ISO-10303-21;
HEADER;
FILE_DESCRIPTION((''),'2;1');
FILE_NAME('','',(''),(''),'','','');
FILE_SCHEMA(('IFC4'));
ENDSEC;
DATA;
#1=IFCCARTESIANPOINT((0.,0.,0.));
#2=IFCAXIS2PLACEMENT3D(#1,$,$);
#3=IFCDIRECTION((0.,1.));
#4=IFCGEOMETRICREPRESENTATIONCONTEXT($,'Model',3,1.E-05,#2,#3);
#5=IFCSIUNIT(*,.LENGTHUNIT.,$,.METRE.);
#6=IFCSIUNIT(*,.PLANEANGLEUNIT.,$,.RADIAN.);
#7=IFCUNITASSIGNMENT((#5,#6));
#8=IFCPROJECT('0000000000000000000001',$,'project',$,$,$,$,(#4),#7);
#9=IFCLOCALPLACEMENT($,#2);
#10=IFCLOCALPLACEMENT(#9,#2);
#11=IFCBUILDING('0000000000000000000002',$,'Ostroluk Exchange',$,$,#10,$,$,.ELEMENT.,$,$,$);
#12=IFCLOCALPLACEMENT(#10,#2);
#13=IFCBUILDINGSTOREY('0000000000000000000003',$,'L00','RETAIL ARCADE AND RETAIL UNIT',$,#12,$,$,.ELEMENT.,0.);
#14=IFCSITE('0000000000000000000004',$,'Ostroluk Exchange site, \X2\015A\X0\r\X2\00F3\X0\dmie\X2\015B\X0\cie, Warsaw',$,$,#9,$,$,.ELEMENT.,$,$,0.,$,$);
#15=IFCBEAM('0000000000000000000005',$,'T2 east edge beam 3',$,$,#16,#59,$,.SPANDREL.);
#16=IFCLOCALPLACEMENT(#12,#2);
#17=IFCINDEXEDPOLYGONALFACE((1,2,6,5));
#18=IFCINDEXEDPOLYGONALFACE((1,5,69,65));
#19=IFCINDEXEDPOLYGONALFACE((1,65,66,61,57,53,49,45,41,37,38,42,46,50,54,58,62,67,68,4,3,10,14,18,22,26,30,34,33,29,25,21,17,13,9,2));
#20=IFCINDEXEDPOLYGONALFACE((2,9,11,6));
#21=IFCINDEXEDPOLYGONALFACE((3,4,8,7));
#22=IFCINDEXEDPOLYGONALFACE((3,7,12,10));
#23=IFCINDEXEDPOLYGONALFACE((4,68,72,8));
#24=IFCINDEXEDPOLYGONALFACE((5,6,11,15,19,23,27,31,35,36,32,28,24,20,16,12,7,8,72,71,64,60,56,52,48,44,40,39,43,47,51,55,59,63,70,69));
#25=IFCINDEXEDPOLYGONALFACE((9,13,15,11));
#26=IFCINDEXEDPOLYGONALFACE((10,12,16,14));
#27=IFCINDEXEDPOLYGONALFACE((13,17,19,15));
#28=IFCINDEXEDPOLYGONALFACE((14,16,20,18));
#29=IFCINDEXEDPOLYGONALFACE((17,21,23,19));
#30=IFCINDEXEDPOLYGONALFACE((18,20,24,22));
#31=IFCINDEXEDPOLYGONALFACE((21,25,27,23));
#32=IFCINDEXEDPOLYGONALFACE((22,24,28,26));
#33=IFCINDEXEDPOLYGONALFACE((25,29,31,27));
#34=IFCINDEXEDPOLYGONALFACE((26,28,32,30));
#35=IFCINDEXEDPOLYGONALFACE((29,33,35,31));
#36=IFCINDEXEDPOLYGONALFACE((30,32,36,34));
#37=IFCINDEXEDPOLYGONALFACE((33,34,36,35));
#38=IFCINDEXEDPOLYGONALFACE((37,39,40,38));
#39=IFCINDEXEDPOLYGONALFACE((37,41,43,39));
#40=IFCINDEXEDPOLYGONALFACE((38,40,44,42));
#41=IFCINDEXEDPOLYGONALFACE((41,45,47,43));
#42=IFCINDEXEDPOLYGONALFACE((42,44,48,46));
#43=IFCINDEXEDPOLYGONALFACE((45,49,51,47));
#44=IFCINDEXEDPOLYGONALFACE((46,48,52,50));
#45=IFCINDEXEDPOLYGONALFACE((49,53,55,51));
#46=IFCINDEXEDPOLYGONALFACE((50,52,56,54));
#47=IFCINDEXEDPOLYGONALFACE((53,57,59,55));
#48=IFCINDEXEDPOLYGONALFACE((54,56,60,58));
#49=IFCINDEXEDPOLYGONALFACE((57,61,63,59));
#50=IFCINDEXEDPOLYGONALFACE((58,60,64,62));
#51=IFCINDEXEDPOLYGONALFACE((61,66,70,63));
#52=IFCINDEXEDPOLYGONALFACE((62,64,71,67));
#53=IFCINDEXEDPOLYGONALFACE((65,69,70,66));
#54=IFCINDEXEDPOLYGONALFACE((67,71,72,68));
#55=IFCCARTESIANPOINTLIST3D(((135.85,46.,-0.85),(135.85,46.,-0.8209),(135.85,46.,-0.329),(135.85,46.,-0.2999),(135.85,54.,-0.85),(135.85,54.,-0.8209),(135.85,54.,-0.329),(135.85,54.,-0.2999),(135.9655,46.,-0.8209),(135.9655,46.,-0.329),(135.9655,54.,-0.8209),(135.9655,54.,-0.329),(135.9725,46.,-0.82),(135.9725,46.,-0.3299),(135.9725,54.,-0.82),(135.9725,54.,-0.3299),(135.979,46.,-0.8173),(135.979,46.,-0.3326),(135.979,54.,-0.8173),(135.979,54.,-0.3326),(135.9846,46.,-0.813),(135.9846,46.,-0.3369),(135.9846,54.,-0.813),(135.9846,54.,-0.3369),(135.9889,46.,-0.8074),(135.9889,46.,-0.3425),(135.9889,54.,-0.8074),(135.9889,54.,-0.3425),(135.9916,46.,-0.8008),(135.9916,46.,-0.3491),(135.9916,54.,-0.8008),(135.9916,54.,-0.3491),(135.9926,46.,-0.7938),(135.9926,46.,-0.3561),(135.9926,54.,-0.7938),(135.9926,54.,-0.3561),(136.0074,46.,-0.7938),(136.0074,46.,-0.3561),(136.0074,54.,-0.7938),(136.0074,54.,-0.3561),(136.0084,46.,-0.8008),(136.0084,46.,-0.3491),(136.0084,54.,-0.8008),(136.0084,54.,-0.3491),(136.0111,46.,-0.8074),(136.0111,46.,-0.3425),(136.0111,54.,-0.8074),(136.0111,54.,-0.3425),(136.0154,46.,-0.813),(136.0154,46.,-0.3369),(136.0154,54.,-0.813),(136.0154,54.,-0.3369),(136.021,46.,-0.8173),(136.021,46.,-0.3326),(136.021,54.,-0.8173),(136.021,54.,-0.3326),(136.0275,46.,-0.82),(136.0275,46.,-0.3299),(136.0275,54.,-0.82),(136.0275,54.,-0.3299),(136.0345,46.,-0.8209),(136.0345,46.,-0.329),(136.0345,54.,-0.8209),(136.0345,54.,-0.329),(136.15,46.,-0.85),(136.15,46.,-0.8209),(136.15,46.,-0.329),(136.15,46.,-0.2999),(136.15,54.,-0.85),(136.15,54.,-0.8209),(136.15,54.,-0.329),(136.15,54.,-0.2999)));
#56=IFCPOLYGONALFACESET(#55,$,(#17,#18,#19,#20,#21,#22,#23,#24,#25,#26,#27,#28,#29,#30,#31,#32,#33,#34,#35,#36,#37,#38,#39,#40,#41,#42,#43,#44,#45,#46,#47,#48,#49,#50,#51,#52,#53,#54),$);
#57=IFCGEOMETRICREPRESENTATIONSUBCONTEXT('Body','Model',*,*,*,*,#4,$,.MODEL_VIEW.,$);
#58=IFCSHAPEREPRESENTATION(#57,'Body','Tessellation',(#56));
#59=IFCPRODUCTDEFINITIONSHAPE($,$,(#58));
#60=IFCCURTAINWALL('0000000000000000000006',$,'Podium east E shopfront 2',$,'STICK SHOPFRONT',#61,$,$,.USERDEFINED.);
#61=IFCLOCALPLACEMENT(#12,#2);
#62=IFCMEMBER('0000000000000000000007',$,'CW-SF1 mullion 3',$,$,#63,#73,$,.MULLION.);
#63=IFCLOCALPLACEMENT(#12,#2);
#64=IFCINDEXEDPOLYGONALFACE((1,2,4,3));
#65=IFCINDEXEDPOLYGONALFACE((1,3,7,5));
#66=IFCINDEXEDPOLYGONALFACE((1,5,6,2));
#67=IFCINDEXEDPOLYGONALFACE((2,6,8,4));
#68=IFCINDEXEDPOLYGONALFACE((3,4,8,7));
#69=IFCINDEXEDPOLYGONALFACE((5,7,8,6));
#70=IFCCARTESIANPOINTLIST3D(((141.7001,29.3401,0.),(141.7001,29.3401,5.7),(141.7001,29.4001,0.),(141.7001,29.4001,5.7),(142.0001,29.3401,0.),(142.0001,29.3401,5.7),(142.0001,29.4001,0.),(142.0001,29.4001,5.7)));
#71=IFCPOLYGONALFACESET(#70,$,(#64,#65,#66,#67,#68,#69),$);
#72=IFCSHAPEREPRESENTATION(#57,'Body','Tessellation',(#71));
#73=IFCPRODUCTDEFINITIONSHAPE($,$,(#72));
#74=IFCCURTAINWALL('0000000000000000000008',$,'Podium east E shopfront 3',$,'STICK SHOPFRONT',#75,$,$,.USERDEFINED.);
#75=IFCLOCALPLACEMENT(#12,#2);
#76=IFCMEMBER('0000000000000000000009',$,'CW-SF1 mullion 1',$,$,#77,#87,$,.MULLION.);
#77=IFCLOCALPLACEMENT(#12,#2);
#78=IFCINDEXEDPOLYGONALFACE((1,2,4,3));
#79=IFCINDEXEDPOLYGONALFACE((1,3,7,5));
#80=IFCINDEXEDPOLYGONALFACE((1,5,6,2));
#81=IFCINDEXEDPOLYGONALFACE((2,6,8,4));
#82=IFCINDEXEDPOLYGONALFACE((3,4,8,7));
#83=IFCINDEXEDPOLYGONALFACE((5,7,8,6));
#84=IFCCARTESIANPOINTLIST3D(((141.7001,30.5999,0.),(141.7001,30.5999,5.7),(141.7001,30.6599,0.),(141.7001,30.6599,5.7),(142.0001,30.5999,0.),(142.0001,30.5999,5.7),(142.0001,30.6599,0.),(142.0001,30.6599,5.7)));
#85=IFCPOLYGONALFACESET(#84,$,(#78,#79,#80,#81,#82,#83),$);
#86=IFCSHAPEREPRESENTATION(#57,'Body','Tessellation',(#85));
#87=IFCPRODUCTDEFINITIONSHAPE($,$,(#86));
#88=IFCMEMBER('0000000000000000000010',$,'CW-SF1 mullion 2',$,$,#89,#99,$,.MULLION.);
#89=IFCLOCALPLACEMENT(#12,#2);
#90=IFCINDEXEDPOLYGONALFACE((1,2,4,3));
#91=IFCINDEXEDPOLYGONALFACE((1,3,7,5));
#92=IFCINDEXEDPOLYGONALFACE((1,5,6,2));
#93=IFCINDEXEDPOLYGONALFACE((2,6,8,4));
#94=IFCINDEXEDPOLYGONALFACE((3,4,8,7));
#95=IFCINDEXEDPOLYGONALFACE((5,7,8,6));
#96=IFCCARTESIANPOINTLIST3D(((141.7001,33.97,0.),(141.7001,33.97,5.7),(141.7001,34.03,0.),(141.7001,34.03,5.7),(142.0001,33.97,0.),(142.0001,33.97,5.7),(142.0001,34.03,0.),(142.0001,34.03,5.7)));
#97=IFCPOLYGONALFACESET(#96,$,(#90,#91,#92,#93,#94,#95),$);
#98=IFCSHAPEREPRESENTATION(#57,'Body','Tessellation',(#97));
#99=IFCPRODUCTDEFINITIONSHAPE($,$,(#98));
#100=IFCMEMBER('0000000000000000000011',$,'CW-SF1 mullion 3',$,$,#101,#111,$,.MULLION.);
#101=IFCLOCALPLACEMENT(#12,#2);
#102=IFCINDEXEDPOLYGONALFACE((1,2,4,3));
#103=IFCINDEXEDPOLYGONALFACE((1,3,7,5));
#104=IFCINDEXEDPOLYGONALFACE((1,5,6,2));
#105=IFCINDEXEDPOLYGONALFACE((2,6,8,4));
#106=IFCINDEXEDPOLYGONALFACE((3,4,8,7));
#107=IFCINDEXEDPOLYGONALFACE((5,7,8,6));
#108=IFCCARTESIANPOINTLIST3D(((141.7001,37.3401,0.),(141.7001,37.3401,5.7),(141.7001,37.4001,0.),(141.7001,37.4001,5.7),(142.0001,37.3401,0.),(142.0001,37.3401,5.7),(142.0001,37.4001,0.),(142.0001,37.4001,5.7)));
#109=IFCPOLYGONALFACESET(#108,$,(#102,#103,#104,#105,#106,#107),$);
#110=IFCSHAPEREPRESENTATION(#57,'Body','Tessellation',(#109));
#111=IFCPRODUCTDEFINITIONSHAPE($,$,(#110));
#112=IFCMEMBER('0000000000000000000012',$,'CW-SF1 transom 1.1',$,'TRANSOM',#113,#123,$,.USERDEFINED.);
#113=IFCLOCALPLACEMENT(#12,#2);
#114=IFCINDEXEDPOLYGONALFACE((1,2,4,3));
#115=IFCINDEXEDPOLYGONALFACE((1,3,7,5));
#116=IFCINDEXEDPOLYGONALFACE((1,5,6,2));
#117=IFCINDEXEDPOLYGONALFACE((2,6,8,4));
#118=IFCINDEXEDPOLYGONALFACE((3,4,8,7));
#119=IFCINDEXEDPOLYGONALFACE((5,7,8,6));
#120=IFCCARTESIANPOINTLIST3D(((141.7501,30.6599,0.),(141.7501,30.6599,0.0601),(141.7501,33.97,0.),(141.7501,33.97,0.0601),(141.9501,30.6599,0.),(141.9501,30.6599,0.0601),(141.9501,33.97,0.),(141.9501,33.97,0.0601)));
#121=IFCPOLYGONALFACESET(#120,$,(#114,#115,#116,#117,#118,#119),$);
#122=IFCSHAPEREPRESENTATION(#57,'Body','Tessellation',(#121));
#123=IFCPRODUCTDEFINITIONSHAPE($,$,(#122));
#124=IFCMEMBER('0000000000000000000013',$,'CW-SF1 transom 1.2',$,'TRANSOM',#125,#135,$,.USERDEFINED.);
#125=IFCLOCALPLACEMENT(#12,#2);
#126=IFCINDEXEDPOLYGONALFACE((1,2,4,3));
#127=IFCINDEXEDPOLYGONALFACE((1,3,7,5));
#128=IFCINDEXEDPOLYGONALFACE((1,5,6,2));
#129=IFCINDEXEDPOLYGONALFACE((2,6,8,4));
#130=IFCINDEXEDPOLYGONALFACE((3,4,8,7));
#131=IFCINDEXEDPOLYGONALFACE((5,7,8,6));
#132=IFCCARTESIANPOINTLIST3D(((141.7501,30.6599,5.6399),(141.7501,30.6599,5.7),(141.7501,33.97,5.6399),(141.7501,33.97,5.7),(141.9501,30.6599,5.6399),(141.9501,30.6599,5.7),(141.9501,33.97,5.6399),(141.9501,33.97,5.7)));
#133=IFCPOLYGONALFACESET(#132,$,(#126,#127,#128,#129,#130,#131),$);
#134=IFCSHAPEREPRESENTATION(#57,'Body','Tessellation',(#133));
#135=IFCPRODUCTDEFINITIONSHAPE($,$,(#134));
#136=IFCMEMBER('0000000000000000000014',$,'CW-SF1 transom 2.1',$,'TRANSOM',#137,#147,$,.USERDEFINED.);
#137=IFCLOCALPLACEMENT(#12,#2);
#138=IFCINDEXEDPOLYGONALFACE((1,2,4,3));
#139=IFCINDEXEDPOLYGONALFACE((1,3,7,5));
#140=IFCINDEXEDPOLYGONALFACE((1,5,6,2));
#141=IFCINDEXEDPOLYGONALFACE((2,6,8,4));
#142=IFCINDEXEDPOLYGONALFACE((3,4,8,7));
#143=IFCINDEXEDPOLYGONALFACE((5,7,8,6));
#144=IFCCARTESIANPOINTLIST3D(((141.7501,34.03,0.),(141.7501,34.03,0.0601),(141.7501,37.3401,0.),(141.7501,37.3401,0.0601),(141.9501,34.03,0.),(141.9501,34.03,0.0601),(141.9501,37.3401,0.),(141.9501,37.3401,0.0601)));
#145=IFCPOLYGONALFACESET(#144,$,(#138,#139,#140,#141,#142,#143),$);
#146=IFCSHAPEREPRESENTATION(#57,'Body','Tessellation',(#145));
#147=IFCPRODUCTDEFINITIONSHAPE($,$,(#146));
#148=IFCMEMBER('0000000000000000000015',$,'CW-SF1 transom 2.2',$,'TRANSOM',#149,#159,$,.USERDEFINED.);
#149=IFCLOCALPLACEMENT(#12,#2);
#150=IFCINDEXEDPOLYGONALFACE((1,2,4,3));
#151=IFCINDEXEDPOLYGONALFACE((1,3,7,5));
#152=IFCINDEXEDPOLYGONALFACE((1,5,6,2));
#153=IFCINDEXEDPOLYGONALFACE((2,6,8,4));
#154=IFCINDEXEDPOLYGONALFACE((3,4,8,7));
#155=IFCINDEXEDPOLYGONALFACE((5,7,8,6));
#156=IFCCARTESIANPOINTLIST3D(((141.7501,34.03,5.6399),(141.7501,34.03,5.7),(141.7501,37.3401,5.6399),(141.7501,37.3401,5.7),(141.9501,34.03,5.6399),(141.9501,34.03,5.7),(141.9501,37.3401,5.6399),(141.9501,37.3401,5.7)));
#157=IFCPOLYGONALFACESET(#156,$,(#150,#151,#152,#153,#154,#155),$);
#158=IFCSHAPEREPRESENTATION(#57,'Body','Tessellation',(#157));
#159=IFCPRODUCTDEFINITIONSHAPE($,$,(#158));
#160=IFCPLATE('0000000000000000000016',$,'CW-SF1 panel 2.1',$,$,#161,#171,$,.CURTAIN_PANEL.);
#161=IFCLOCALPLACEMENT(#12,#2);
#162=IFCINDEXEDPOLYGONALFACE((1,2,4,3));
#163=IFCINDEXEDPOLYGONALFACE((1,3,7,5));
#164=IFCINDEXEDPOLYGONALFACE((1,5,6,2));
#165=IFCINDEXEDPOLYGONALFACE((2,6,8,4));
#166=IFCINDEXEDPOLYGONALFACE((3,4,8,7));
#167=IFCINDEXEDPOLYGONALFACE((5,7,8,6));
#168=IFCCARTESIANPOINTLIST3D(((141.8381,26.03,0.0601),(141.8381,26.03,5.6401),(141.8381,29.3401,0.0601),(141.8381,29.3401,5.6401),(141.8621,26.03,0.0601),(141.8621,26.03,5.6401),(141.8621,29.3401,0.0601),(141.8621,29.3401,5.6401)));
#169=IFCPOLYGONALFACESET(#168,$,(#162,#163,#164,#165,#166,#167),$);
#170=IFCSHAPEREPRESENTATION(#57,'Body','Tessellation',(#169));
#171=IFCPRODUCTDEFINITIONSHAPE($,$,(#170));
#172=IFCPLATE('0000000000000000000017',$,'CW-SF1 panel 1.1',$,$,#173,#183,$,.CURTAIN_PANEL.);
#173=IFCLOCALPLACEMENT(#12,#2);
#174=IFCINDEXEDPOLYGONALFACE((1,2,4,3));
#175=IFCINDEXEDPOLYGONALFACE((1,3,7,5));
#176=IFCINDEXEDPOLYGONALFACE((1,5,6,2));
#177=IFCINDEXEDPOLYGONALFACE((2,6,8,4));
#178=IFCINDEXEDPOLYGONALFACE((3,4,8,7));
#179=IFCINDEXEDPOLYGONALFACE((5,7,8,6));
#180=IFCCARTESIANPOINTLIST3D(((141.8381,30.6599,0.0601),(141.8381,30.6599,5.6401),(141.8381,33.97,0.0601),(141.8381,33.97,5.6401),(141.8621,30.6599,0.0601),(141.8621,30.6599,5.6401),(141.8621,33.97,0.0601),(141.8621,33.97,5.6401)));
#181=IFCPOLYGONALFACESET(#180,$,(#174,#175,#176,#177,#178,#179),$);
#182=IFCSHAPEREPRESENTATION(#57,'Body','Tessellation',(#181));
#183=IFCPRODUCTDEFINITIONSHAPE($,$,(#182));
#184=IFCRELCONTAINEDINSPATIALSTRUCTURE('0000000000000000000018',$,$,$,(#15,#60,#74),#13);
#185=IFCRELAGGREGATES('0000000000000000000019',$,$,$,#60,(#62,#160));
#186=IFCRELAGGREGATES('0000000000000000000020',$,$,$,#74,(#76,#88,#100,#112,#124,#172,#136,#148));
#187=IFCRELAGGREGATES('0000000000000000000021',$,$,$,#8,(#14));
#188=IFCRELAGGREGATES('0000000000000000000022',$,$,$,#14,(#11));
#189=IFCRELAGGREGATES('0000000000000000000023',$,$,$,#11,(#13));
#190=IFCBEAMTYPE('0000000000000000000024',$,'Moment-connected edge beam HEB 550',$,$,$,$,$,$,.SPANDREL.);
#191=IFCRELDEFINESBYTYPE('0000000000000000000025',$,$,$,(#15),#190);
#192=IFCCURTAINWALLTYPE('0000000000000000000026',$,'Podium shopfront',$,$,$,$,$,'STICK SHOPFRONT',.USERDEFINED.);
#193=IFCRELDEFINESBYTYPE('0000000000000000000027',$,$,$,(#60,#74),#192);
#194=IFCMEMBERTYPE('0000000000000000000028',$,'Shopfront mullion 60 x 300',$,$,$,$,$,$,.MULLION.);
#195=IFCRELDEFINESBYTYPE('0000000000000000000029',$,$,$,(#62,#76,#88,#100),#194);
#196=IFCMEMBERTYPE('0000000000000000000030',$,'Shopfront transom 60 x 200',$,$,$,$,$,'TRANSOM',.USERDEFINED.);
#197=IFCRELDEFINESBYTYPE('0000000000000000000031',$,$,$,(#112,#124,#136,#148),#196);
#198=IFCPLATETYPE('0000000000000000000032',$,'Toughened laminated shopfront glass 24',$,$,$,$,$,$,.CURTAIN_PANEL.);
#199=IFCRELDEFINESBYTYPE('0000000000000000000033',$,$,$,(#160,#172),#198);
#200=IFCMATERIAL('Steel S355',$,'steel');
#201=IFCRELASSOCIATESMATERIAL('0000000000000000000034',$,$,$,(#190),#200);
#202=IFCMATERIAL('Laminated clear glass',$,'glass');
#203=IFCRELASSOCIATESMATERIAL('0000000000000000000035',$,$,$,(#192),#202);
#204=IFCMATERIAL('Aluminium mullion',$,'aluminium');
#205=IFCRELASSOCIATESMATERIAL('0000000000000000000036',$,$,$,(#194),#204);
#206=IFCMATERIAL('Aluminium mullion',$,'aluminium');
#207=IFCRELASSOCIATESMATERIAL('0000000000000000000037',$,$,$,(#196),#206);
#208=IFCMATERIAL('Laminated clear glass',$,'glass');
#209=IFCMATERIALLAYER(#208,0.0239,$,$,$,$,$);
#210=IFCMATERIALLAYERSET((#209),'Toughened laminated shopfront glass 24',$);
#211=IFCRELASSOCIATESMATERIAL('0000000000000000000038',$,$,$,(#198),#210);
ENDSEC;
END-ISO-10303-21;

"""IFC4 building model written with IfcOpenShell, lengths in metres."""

from ifc_helpers import new_model, si_unit, direction, frame, origin, origin_2d, place, context, subcontext, project, spatial, rectangle, i_section, extrude, material, layer, layer_set, material_profile, profile_set, type_object, element, aggregate, save


model = new_model("IFC4")

# Units and contexts
model_context = context("Model", 3, precision=1e-05, world=origin(), true_north=direction((0.0, 1.0)))
body_context = subcontext(model_context, "Body", "Model", "MODEL_VIEW")
ifc_project = project(units=[si_unit("LENGTHUNIT", "METRE"), si_unit("PLANEANGLEUNIT", "RADIAN")], contexts=[model_context])

# Site, building, storey
site_placement = place(None, origin())
site = spatial("IfcSite", under=ifc_project, at=site_placement, Name="Ostroluk Exchange site, Śródmieście, Warsaw", CompositionType="ELEMENT", RefElevation=0.0)
building_placement = place(site_placement, origin())
building = spatial("IfcBuilding", under=site, at=building_placement, Name="Ostroluk Exchange", CompositionType="ELEMENT")
storey_placement = place(building_placement, origin())
storey = spatial("IfcBuildingStorey", under=building, at=storey_placement, Name="L00", Description="RETAIL ARCADE AND RETAIL UNIT", CompositionType="ELEMENT", Elevation=0.0)

# Beam
ifc_material_1 = material(Name="Steel S355", Category="steel")
ifc_material_profile_1 = material_profile(ifc_material_1, i_section(OverallWidth=0.3, OverallDepth=0.55, WebThickness=0.0149, FlangeThickness=0.0291, FilletRadius=0.0271, at=origin_2d()), Name="HEB 550")
ifc_profile_set_1 = profile_set([ifc_material_profile_1], Name="Steel S355")
beam_type_1 = type_object("IfcBeamType", Name="Moment-connected edge beam HEB 550", PredefinedType="SPANDREL", material=ifc_profile_set_1)
for number, where, z_axis, x_axis, name in (
    (1, (136.0, 46.0, -0.575), (0.0, 1.0, 0.0), (-1.0, 0.0, 0.0), "T2 east edge beam 3"),
):
    element("IfcBeam", number, at=place(storey_placement, frame(where, z_axis=z_axis, x_axis=x_axis)), inside=storey, type_object=beam_type_1, Name=name, PredefinedType="SPANDREL", context=body_context, shape_type="SweptSolid", body=[
        extrude(i_section(OverallWidth=0.3, OverallDepth=0.55, WebThickness=0.0149, FlangeThickness=0.0291, FilletRadius=0.0271, at=origin_2d()), origin(), (0.0, 0.0, 1.0), 8.0),
    ])

# Curtain wall, member
ifc_material_2 = material(Name="Laminated clear glass", Category="glass")
curtain_wall_type = type_object("IfcCurtainWallType", Name="Podium shopfront", ElementType="STICK SHOPFRONT", PredefinedType="USERDEFINED", material=ifc_material_2)
curtain_wall_1_placement = place(storey_placement, origin())
curtain_wall_1 = element("IfcCurtainWall", 2, at=curtain_wall_1_placement, inside=storey, type_object=curtain_wall_type, Name="Podium east E shopfront 2", ObjectType="STICK SHOPFRONT", PredefinedType="USERDEFINED")
ifc_material_3 = material(Name="Aluminium mullion", Category="aluminium")
ifc_material_profile_2 = material_profile(ifc_material_3, rectangle(XDim=0.3, YDim=0.0601, at=origin_2d()), Name="Shopfront mullion 60 x 300")
ifc_profile_set_2 = profile_set([ifc_material_profile_2], Name="Aluminium mullion")
member_type_1 = type_object("IfcMemberType", Name="Shopfront mullion 60 x 300", PredefinedType="MULLION", material=ifc_profile_set_2)
member_1_placement = place(storey_placement, frame((141.8501, 29.3701, 0.0), z_axis=(0.0, 0.0, 1.0), x_axis=(-1.0, 0.0, 0.0)))
member_1 = element("IfcMember", 3, at=member_1_placement, type_object=member_type_1, Name="CW-SF1 mullion 3", PredefinedType="MULLION", context=body_context, shape_type="SweptSolid", body=[
    extrude(rectangle(XDim=0.3, YDim=0.0601, at=origin_2d()), origin(), (0.0, 0.0, 1.0), 5.7),
])

# Curtain wall, members
curtain_wall_2_placement = place(storey_placement, origin())
curtain_wall_2 = element("IfcCurtainWall", 4, at=curtain_wall_2_placement, inside=storey, type_object=curtain_wall_type, Name="Podium east E shopfront 3", ObjectType="STICK SHOPFRONT", PredefinedType="USERDEFINED")
member_2_placement = place(storey_placement, frame((141.8501, 30.6299, 0.0), z_axis=(0.0, 0.0, 1.0), x_axis=(-1.0, 0.0, 0.0)))
member_2 = element("IfcMember", 5, at=member_2_placement, type_object=member_type_1, Name="CW-SF1 mullion 1", PredefinedType="MULLION", context=body_context, shape_type="SweptSolid", body=[
    extrude(rectangle(XDim=0.3, YDim=0.0601, at=origin_2d()), origin(), (0.0, 0.0, 1.0), 5.7),
])
member_3_placement = place(storey_placement, frame((141.8501, 34.0, 0.0), z_axis=(0.0, 0.0, 1.0), x_axis=(-1.0, 0.0, 0.0)))
member_3 = element("IfcMember", 6, at=member_3_placement, type_object=member_type_1, Name="CW-SF1 mullion 2", PredefinedType="MULLION", context=body_context, shape_type="SweptSolid", body=[
    extrude(rectangle(XDim=0.3, YDim=0.0601, at=origin_2d()), origin(), (0.0, 0.0, 1.0), 5.7),
])
member_4_placement = place(storey_placement, frame((141.8501, 37.3701, 0.0), z_axis=(0.0, 0.0, 1.0), x_axis=(-1.0, 0.0, 0.0)))
member_4 = element("IfcMember", 7, at=member_4_placement, type_object=member_type_1, Name="CW-SF1 mullion 3", PredefinedType="MULLION", context=body_context, shape_type="SweptSolid", body=[
    extrude(rectangle(XDim=0.3, YDim=0.0601, at=origin_2d()), origin(), (0.0, 0.0, 1.0), 5.7),
])
ifc_material_4 = material(Name="Aluminium mullion", Category="aluminium")
ifc_material_profile_3 = material_profile(ifc_material_4, rectangle(XDim=0.2, YDim=0.0601, at=origin_2d()), Name="Shopfront transom 60 x 200")
ifc_profile_set_3 = profile_set([ifc_material_profile_3], Name="Aluminium mullion")
member_type_2 = type_object("IfcMemberType", Name="Shopfront transom 60 x 200", ElementType="TRANSOM", PredefinedType="USERDEFINED", material=ifc_profile_set_3)
member_5_placement = place(storey_placement, frame((141.8501, 30.6599, 0.03), z_axis=(0.0, 1.0, 0.0), x_axis=(-1.0, 0.0, 0.0)))
member_5 = element("IfcMember", 8, at=member_5_placement, type_object=member_type_2, Name="CW-SF1 transom 1.1", ObjectType="TRANSOM", PredefinedType="USERDEFINED", context=body_context, shape_type="SweptSolid", body=[
    extrude(rectangle(XDim=0.2, YDim=0.0601, at=origin_2d()), origin(), (0.0, 0.0, 1.0), 3.3101),
])
member_6_placement = place(storey_placement, frame((141.8501, 30.6599, 5.6699), z_axis=(0.0, 1.0, 0.0), x_axis=(-1.0, 0.0, 0.0)))
member_6 = element("IfcMember", 9, at=member_6_placement, type_object=member_type_2, Name="CW-SF1 transom 1.2", ObjectType="TRANSOM", PredefinedType="USERDEFINED", context=body_context, shape_type="SweptSolid", body=[
    extrude(rectangle(XDim=0.2, YDim=0.0601, at=origin_2d()), origin(), (0.0, 0.0, 1.0), 3.3101),
])
member_7_placement = place(storey_placement, frame((141.8501, 34.03, 0.03), z_axis=(0.0, 1.0, 0.0), x_axis=(-1.0, 0.0, 0.0)))
member_7 = element("IfcMember", 10, at=member_7_placement, type_object=member_type_2, Name="CW-SF1 transom 2.1", ObjectType="TRANSOM", PredefinedType="USERDEFINED", context=body_context, shape_type="SweptSolid", body=[
    extrude(rectangle(XDim=0.2, YDim=0.0601, at=origin_2d()), origin(), (0.0, 0.0, 1.0), 3.3101),
])
member_8_placement = place(storey_placement, frame((141.8501, 34.03, 5.6699), z_axis=(0.0, 1.0, 0.0), x_axis=(-1.0, 0.0, 0.0)))
member_8 = element("IfcMember", 11, at=member_8_placement, type_object=member_type_2, Name="CW-SF1 transom 2.2", ObjectType="TRANSOM", PredefinedType="USERDEFINED", context=body_context, shape_type="SweptSolid", body=[
    extrude(rectangle(XDim=0.2, YDim=0.0601, at=origin_2d()), origin(), (0.0, 0.0, 1.0), 3.3101),
])

# Plates
ifc_material_5 = material(Name="Laminated clear glass", Category="glass")
ifc_layer_1 = layer(ifc_material_5, 0.0239)
ifc_layer_set_1 = layer_set([ifc_layer_1], Name="Toughened laminated shopfront glass 24")
plate_type = type_object("IfcPlateType", Name="Toughened laminated shopfront glass 24", PredefinedType="CURTAIN_PANEL", material=ifc_layer_set_1)
plate_1_placement = place(storey_placement, frame((141.8501, 27.6851, 0.0601), z_axis=(0.0, 0.0, 1.0), x_axis=(0.0, 1.0, 0.0)))
plate_1 = element("IfcPlate", 12, at=plate_1_placement, type_object=plate_type, Name="CW-SF1 panel 2.1", PredefinedType="CURTAIN_PANEL", context=body_context, shape_type="SweptSolid", body=[
    extrude(rectangle(XDim=3.3101, YDim=0.0239, at=origin_2d()), origin(), (0.0, 0.0, 1.0), 5.5801),
])
aggregate(curtain_wall_1, [member_1, plate_1])
plate_2_placement = place(storey_placement, frame((141.8501, 32.3149, 0.0601), z_axis=(0.0, 0.0, 1.0), x_axis=(0.0, 1.0, 0.0)))
plate_2 = element("IfcPlate", 13, at=plate_2_placement, type_object=plate_type, Name="CW-SF1 panel 1.1", PredefinedType="CURTAIN_PANEL", context=body_context, shape_type="SweptSolid", body=[
    extrude(rectangle(XDim=3.3101, YDim=0.0239, at=origin_2d()), origin(), (0.0, 0.0, 1.0), 5.5801),
])
aggregate(curtain_wall_2, [member_2, member_3, member_4, member_5, member_6, plate_2, member_7, member_8])

save(model, "model.ifc")
